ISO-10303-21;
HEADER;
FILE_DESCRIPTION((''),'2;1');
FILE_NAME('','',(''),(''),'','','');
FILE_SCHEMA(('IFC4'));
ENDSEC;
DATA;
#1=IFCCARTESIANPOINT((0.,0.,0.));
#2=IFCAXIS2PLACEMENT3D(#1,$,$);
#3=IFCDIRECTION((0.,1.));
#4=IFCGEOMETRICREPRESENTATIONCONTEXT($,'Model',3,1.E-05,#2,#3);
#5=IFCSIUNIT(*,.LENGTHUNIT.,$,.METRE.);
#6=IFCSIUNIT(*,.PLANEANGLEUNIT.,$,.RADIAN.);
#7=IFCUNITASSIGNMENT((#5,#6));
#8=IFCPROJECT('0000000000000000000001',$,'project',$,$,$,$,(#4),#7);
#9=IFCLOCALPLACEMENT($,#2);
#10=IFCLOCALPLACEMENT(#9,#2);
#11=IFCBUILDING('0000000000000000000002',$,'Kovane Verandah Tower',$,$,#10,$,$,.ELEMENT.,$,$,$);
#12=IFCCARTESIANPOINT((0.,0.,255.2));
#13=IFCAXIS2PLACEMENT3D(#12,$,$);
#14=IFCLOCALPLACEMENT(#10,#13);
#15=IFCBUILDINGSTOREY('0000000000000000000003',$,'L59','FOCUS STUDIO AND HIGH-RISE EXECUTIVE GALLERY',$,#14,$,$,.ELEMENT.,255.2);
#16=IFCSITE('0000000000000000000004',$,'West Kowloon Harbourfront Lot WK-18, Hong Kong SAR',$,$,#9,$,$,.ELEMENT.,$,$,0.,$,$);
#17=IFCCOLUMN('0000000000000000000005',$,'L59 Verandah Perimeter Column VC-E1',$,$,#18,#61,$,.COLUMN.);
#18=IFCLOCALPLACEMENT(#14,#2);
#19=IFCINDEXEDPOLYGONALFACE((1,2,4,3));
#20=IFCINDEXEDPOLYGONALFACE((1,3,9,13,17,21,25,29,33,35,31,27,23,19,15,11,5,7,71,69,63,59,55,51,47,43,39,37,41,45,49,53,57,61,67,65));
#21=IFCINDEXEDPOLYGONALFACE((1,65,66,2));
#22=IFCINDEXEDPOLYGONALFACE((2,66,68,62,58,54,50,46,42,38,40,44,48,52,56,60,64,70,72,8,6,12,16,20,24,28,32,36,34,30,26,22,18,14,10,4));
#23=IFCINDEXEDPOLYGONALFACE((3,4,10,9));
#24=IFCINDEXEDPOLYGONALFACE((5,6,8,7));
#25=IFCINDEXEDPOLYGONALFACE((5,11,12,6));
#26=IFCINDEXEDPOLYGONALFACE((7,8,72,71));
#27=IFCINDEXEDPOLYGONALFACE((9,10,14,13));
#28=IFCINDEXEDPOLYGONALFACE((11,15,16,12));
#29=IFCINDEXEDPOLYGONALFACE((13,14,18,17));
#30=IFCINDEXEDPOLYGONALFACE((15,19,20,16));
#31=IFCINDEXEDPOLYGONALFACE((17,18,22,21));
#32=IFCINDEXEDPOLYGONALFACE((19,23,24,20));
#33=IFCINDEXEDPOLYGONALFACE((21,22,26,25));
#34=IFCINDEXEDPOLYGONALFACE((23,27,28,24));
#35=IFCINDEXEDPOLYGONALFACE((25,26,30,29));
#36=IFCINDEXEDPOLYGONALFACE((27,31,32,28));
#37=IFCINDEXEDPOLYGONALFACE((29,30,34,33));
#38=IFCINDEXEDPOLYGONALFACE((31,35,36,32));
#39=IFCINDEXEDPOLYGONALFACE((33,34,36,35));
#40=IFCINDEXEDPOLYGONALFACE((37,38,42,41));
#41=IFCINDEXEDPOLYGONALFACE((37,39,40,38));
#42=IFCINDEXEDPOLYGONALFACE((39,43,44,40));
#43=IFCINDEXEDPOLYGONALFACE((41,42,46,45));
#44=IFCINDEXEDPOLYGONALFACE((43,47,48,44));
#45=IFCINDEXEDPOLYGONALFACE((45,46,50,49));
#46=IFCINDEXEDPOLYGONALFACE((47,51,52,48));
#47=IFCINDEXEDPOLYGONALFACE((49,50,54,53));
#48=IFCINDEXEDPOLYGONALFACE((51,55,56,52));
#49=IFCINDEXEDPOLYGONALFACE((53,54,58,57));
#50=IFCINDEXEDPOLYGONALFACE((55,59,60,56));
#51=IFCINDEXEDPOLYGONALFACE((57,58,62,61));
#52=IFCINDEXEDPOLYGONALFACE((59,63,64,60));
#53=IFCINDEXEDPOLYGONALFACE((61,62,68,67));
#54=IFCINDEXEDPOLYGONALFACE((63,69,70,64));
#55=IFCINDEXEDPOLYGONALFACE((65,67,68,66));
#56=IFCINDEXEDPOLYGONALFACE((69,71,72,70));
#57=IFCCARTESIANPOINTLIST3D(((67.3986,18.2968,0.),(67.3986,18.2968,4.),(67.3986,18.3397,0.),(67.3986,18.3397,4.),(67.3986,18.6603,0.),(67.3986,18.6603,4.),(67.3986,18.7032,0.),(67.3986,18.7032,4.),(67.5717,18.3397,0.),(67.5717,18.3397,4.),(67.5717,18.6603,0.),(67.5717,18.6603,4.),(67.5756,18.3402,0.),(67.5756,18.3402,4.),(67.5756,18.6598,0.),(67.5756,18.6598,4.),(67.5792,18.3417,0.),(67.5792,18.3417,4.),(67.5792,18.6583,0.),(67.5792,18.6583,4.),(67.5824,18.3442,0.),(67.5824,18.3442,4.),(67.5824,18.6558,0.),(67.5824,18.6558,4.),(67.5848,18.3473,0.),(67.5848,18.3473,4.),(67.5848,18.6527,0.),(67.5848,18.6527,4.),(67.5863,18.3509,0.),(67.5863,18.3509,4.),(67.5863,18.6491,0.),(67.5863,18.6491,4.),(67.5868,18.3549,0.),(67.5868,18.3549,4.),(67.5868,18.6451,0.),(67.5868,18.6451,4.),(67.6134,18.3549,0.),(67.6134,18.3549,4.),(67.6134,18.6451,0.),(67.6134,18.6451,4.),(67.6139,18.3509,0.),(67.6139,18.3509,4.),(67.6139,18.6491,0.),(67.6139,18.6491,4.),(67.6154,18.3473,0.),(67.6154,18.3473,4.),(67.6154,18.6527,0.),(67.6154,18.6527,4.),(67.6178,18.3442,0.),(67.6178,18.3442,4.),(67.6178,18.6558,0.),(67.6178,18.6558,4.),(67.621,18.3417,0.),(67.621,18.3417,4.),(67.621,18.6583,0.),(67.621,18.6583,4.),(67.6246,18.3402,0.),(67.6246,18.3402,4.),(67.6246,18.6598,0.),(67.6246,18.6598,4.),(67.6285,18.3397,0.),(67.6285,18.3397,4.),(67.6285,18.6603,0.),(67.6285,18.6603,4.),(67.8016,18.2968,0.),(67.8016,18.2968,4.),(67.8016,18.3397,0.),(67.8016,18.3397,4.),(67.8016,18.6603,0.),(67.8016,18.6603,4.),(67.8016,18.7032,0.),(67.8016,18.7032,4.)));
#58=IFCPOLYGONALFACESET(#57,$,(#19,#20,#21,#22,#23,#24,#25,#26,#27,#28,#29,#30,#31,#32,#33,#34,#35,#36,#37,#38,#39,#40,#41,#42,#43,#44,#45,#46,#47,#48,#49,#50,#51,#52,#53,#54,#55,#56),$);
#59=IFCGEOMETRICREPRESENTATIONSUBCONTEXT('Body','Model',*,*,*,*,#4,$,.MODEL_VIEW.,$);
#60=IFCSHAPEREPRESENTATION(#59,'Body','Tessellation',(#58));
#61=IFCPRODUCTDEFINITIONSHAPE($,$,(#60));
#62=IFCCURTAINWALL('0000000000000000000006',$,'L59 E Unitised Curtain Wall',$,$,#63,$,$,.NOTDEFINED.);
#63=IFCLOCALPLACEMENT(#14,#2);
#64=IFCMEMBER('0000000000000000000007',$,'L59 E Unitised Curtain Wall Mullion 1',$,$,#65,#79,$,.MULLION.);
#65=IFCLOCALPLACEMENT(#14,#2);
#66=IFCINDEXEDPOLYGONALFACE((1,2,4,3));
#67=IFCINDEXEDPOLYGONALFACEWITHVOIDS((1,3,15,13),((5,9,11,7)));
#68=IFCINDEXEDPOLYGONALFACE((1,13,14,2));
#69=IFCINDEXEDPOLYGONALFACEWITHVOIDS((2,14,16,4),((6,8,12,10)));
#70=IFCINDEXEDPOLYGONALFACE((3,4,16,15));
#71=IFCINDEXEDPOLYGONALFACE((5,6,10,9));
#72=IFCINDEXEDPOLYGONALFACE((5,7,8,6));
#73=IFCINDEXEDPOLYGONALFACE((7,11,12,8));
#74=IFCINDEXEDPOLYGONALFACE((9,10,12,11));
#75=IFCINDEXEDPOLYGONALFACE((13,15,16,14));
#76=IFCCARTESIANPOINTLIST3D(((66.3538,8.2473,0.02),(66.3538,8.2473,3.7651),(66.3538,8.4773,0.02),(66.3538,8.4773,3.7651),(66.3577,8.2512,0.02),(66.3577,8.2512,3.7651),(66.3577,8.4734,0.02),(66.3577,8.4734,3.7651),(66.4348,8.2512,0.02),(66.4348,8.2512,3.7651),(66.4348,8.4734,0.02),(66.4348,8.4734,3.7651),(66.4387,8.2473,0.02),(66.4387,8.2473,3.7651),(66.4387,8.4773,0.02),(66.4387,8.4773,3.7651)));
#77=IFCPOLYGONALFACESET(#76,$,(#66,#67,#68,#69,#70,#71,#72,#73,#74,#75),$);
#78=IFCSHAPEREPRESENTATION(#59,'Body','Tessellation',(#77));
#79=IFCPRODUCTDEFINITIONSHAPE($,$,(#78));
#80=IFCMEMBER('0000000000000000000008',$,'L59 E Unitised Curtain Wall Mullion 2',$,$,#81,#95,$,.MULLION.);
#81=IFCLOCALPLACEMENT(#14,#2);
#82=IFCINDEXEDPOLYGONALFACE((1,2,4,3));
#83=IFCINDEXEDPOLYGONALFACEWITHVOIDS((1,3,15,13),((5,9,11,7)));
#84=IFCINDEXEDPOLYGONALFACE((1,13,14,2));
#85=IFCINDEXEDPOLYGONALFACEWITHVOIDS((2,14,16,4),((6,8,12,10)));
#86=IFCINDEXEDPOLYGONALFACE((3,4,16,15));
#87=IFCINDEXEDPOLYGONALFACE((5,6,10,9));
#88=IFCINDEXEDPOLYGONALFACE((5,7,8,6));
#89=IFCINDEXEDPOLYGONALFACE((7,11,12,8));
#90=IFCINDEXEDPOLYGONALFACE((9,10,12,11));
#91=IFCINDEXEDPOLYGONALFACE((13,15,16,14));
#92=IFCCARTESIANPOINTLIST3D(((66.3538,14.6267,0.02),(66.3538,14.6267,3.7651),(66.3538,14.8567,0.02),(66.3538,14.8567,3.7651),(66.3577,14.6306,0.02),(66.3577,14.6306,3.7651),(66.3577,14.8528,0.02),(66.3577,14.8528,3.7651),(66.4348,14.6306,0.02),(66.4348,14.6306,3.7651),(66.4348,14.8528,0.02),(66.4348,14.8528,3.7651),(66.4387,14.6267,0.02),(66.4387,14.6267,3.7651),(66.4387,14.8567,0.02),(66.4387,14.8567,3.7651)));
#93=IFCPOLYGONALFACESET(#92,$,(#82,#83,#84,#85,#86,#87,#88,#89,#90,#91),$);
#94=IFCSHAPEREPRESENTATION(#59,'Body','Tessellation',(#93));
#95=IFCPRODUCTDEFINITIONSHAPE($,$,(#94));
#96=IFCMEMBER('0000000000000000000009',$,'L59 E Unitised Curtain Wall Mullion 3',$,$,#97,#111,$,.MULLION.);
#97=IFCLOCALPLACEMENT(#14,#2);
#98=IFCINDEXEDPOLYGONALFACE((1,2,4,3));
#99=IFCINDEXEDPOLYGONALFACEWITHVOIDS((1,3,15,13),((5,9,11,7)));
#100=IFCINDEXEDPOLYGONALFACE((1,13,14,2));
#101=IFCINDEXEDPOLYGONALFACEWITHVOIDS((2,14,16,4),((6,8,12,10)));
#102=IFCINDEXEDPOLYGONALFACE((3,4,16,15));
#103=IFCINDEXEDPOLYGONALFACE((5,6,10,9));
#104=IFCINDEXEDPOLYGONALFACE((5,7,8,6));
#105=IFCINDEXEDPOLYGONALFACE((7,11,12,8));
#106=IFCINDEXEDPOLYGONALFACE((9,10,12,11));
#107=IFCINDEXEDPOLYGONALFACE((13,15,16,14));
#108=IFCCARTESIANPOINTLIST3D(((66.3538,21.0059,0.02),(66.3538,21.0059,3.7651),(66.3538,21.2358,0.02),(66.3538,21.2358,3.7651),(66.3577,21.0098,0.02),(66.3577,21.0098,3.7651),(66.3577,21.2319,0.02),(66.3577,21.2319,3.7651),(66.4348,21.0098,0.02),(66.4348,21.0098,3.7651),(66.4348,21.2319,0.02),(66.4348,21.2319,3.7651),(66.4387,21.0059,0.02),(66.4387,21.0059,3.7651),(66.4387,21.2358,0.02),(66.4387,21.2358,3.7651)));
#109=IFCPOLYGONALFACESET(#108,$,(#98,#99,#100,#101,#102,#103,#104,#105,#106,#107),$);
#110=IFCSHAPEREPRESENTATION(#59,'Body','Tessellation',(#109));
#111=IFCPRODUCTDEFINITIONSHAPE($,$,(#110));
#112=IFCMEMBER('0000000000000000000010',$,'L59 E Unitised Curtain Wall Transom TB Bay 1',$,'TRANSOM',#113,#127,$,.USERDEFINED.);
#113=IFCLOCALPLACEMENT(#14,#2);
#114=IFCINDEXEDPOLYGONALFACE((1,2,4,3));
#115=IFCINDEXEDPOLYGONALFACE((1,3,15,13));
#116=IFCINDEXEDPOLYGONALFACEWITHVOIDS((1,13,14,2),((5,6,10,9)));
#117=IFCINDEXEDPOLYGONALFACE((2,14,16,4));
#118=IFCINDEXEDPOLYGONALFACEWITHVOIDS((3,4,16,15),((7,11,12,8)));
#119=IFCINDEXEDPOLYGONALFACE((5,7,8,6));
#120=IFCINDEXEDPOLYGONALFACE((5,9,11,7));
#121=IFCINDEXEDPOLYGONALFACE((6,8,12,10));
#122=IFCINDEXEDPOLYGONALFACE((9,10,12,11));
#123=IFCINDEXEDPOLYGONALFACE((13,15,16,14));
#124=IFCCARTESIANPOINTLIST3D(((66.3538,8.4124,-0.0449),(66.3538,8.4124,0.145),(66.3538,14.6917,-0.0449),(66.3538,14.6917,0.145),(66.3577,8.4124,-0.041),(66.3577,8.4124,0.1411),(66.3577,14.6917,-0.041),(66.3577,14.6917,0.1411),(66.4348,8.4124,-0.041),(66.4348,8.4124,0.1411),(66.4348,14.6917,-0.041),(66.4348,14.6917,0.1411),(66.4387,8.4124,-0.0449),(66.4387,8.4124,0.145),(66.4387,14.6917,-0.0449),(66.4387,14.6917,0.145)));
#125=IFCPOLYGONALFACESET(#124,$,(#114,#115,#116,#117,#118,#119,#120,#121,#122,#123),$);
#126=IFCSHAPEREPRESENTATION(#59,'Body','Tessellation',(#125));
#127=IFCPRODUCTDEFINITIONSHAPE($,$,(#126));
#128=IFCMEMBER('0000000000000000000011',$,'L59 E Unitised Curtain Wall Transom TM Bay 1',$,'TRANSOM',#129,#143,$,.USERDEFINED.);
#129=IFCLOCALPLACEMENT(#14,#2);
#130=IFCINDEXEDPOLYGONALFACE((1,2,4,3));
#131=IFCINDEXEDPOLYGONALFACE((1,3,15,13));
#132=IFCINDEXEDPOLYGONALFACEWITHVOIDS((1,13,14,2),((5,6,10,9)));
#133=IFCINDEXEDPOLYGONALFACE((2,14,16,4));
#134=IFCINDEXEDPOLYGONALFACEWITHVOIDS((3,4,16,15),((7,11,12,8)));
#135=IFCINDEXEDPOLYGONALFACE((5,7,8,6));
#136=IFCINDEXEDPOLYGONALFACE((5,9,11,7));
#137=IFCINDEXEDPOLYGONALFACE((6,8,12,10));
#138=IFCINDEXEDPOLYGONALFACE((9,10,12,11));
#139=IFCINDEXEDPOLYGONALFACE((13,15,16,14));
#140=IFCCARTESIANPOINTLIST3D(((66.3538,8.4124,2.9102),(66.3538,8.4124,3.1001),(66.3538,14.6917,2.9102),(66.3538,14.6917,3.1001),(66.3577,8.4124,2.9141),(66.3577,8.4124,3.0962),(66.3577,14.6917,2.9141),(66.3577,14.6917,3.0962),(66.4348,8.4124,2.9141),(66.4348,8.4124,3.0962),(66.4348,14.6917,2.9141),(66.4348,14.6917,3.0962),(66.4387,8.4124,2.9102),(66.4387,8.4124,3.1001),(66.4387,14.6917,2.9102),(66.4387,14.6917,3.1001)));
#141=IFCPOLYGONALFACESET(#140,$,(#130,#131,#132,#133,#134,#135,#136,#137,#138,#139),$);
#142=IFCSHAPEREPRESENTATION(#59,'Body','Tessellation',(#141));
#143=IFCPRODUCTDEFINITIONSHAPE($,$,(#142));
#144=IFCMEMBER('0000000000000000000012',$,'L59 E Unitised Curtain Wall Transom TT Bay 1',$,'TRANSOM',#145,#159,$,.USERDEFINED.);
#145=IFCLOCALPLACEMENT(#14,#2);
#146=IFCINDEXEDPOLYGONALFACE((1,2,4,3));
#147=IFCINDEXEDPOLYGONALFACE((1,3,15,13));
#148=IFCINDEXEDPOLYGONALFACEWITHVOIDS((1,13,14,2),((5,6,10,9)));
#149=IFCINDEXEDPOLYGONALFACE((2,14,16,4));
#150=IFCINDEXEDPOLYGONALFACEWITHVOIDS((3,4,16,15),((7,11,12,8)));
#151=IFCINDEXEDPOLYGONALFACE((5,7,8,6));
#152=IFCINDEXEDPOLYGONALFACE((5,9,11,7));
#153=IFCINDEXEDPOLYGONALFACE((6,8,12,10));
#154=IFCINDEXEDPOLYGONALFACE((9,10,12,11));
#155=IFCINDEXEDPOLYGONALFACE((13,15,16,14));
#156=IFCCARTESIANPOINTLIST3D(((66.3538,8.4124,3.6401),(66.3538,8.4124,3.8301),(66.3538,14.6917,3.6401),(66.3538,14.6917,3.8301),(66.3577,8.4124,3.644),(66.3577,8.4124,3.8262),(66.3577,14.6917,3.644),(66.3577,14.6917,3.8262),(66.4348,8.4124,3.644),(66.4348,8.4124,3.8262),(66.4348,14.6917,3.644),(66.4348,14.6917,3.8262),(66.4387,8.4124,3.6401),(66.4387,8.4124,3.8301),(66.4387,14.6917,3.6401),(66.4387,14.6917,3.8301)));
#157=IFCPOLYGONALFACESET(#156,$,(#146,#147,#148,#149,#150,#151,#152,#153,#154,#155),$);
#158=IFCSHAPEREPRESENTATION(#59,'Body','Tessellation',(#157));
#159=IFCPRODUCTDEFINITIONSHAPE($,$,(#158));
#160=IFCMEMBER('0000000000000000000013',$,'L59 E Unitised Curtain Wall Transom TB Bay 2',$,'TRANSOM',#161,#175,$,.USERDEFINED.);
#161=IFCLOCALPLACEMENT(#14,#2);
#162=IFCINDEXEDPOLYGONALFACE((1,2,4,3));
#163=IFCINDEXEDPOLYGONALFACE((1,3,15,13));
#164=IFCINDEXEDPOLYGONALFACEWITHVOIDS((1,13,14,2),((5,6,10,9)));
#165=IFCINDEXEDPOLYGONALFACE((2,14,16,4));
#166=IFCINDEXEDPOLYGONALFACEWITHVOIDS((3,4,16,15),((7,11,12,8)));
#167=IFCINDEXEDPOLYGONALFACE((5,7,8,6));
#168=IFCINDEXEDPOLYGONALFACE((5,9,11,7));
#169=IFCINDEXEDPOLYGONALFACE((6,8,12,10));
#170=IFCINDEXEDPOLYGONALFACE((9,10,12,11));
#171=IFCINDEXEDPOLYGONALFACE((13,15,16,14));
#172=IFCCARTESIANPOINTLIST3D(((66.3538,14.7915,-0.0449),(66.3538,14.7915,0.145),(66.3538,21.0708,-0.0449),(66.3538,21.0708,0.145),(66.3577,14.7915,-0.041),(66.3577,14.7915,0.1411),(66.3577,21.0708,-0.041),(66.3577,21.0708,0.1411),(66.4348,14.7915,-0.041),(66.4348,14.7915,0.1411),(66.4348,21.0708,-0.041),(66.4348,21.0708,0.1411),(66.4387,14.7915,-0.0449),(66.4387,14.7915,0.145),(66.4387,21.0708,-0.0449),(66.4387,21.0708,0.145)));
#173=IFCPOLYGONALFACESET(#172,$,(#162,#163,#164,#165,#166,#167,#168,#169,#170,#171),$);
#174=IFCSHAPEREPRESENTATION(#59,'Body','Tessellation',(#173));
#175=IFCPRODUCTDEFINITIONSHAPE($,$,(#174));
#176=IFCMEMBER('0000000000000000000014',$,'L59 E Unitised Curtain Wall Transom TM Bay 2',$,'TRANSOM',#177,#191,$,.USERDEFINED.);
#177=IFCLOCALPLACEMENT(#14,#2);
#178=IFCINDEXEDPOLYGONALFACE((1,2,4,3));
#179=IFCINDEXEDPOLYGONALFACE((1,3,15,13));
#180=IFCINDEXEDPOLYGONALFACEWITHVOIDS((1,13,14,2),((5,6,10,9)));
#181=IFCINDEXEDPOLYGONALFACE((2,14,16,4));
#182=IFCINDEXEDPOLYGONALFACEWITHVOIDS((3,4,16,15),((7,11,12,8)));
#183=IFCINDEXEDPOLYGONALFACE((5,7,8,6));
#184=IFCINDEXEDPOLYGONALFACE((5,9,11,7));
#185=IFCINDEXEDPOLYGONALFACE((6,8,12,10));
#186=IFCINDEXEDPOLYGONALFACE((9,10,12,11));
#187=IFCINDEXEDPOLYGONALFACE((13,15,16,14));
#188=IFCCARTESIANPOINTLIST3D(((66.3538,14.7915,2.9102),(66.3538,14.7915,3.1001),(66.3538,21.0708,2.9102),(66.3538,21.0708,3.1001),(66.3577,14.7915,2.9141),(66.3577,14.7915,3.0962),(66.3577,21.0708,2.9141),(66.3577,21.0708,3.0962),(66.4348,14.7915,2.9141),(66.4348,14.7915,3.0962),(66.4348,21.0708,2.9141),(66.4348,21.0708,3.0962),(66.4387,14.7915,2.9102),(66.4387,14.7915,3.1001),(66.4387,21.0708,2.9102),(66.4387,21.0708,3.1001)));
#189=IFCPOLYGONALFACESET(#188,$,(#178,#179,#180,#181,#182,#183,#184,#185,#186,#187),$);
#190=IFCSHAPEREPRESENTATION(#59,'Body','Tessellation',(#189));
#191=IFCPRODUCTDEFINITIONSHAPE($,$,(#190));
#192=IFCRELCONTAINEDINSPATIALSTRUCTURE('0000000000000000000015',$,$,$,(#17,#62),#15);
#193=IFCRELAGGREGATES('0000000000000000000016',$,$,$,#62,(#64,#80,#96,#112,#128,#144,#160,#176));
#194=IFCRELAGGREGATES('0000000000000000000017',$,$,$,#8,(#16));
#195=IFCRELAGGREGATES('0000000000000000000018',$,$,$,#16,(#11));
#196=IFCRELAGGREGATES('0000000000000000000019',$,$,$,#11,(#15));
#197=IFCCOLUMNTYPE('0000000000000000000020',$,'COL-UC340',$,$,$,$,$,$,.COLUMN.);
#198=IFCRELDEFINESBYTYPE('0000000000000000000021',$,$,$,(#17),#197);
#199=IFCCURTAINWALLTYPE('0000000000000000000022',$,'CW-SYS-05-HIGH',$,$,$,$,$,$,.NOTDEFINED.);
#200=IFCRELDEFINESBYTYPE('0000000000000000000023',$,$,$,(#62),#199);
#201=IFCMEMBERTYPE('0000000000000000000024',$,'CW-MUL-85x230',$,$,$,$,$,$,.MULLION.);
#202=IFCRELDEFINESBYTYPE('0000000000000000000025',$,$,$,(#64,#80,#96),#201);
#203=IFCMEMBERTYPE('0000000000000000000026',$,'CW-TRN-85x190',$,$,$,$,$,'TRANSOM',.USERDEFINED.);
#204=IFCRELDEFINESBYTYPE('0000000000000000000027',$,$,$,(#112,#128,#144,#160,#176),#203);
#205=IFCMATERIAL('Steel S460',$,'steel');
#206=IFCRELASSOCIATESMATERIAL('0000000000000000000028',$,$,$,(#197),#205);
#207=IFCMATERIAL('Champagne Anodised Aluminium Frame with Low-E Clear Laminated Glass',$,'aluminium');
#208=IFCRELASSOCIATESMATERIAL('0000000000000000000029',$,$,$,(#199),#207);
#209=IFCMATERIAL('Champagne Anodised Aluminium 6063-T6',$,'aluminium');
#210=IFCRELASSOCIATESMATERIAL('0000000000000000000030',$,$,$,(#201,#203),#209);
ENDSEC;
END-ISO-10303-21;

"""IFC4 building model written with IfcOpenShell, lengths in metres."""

from ifc_helpers import new_model, si_unit, direction, frame, origin, origin_2d, place, context, subcontext, project, spatial, hollow_rectangle, i_section, extrude, material, material_profile, profile_set, type_object, element, aggregate, save


model = new_model("IFC4")

# Units and contexts
model_context = context("Model", 3, precision=1e-05, world=origin(), true_north=direction((0.0, 1.0)))
body_context = subcontext(model_context, "Body", "Model", "MODEL_VIEW")
ifc_project = project(units=[si_unit("LENGTHUNIT", "METRE"), si_unit("PLANEANGLEUNIT", "RADIAN")], contexts=[model_context])

# Site, building, storey
site_placement = place(None, origin())
site = spatial("IfcSite", under=ifc_project, at=site_placement, Name="West Kowloon Harbourfront Lot WK-18, Hong Kong SAR", CompositionType="ELEMENT", RefElevation=0.0)
building_placement = place(site_placement, origin())
building = spatial("IfcBuilding", under=site, at=building_placement, Name="Kovane Verandah Tower", CompositionType="ELEMENT")
storey_placement = place(building_placement, frame((0.0, 0.0, 255.2)))
storey = spatial("IfcBuildingStorey", under=building, at=storey_placement, Name="L59", Description="FOCUS STUDIO AND HIGH-RISE EXECUTIVE GALLERY", CompositionType="ELEMENT", Elevation=255.2)

# Column
ifc_material_1 = material(Name="Steel S460", Category="steel")
ifc_material_profile_1 = material_profile(ifc_material_1, i_section(OverallWidth=0.4031, OverallDepth=0.4065, WebThickness=0.0266, FlangeThickness=0.043, FilletRadius=0.0151, at=origin_2d()), Name="UC356x406x340")
ifc_profile_set_1 = profile_set([ifc_material_profile_1], Name="Steel S460")
column_type = type_object("IfcColumnType", Name="COL-UC340", PredefinedType="COLUMN", material=ifc_profile_set_1)
column_placement = place(storey_placement, frame((67.6001, 18.5, 0.0), z_axis=(0.0, 0.0, 1.0), x_axis=(1.0, 0.0, 0.0)))
element("IfcColumn", 1, at=column_placement, inside=storey, type_object=column_type, Name="L59 Verandah Perimeter Column VC-E1", PredefinedType="COLUMN", context=body_context, shape_type="SweptSolid", body=[
    extrude(i_section(OverallWidth=0.4031, OverallDepth=0.4065, WebThickness=0.0266, FlangeThickness=0.043, FilletRadius=0.0151, at=origin_2d()), origin(), (0.0, 0.0, 1.0), 4.0),
])

# Curtain wall, members
ifc_material_2 = material(Name="Champagne Anodised Aluminium Frame with Low-E Clear Laminated Glass", Category="aluminium")
curtain_wall_type = type_object("IfcCurtainWallType", Name="CW-SYS-05-HIGH", PredefinedType="NOTDEFINED", material=ifc_material_2)
curtain_wall_placement = place(storey_placement, origin())
curtain_wall = element("IfcCurtainWall", 2, at=curtain_wall_placement, inside=storey, type_object=curtain_wall_type, Name="L59 E Unitised Curtain Wall", PredefinedType="NOTDEFINED")
ifc_material_3 = material(Name="Champagne Anodised Aluminium 6063-T6", Category="aluminium")
ifc_material_profile_2 = material_profile(ifc_material_3, hollow_rectangle(XDim=0.085, YDim=0.23, WallThickness=0.0039, at=origin_2d()), Name="AL85x230x4")
ifc_profile_set_2 = profile_set([ifc_material_profile_2], Name="Champagne Anodised Aluminium 6063-T6")
member_type_1 = type_object("IfcMemberType", Name="CW-MUL-85x230", PredefinedType="MULLION", material=ifc_profile_set_2)
member_1_placement = place(storey_placement, frame((66.3962, 8.3623, 0.02), z_axis=(0.0, 0.0, 1.0), x_axis=(1.0, 0.0, 0.0)))
member_1 = element("IfcMember", 3, at=member_1_placement, type_object=member_type_1, Name="L59 E Unitised Curtain Wall Mullion 1", PredefinedType="MULLION", context=body_context, shape_type="SweptSolid", body=[
    extrude(hollow_rectangle(XDim=0.085, YDim=0.23, WallThickness=0.0039, at=origin_2d()), origin(), (0.0, 0.0, 1.0), 3.7451),
])
member_2_placement = place(storey_placement, frame((66.3962, 14.7417, 0.02), z_axis=(0.0, 0.0, 1.0), x_axis=(1.0, 0.0, 0.0)))
member_2 = element("IfcMember", 4, at=member_2_placement, type_object=member_type_1, Name="L59 E Unitised Curtain Wall Mullion 2", PredefinedType="MULLION", context=body_context, shape_type="SweptSolid", body=[
    extrude(hollow_rectangle(XDim=0.085, YDim=0.23, WallThickness=0.0039, at=origin_2d()), origin(), (0.0, 0.0, 1.0), 3.7451),
])
member_3_placement = place(storey_placement, frame((66.3962, 21.1208, 0.02), z_axis=(0.0, 0.0, 1.0), x_axis=(1.0, 0.0, 0.0)))
member_3 = element("IfcMember", 5, at=member_3_placement, type_object=member_type_1, Name="L59 E Unitised Curtain Wall Mullion 3", PredefinedType="MULLION", context=body_context, shape_type="SweptSolid", body=[
    extrude(hollow_rectangle(XDim=0.085, YDim=0.23, WallThickness=0.0039, at=origin_2d()), origin(), (0.0, 0.0, 1.0), 3.7451),
])
ifc_material_profile_3 = material_profile(ifc_material_3, hollow_rectangle(XDim=0.085, YDim=0.1899, WallThickness=0.0039, at=origin_2d()), Name="AL85x190x4")
ifc_profile_set_3 = profile_set([ifc_material_profile_3], Name="Champagne Anodised Aluminium 6063-T6")
member_type_2 = type_object("IfcMemberType", Name="CW-TRN-85x190", ElementType="TRANSOM", PredefinedType="USERDEFINED", material=ifc_profile_set_3)
member_4_placement = place(storey_placement, frame((66.3962, 8.4124, 0.05), z_axis=(0.0, 1.0, 0.0), x_axis=(-1.0, 0.0, 0.0)))
member_4 = element("IfcMember", 6, at=member_4_placement, type_object=member_type_2, Name="L59 E Unitised Curtain Wall Transom TB Bay 1", ObjectType="TRANSOM", PredefinedType="USERDEFINED", context=body_context, shape_type="SweptSolid", body=[
    extrude(hollow_rectangle(XDim=0.085, YDim=0.1899, WallThickness=0.0039, at=origin_2d()), origin(), (0.0, 0.0, 1.0), 6.2793),
])
member_5_placement = place(storey_placement, frame((66.3962, 8.4124, 3.0051), z_axis=(0.0, 1.0, 0.0), x_axis=(-1.0, 0.0, 0.0)))
member_5 = element("IfcMember", 7, at=member_5_placement, type_object=member_type_2, Name="L59 E Unitised Curtain Wall Transom TM Bay 1", ObjectType="TRANSOM", PredefinedType="USERDEFINED", context=body_context, shape_type="SweptSolid", body=[
    extrude(hollow_rectangle(XDim=0.085, YDim=0.1899, WallThickness=0.0039, at=origin_2d()), origin(), (0.0, 0.0, 1.0), 6.2793),
])
member_6_placement = place(storey_placement, frame((66.3962, 8.4124, 3.7351), z_axis=(0.0, 1.0, 0.0), x_axis=(-1.0, 0.0, 0.0)))
member_6 = element("IfcMember", 8, at=member_6_placement, type_object=member_type_2, Name="L59 E Unitised Curtain Wall Transom TT Bay 1", ObjectType="TRANSOM", PredefinedType="USERDEFINED", context=body_context, shape_type="SweptSolid", body=[
    extrude(hollow_rectangle(XDim=0.085, YDim=0.1899, WallThickness=0.0039, at=origin_2d()), origin(), (0.0, 0.0, 1.0), 6.2793),
])
member_7_placement = place(storey_placement, frame((66.3962, 14.7915, 0.05), z_axis=(0.0, 1.0, 0.0), x_axis=(-1.0, 0.0, 0.0)))
member_7 = element("IfcMember", 9, at=member_7_placement, type_object=member_type_2, Name="L59 E Unitised Curtain Wall Transom TB Bay 2", ObjectType="TRANSOM", PredefinedType="USERDEFINED", context=body_context, shape_type="SweptSolid", body=[
    extrude(hollow_rectangle(XDim=0.085, YDim=0.1899, WallThickness=0.0039, at=origin_2d()), origin(), (0.0, 0.0, 1.0), 6.2793),
])
member_8_placement = place(storey_placement, frame((66.3962, 14.7915, 3.0051), z_axis=(0.0, 1.0, 0.0), x_axis=(-1.0, 0.0, 0.0)))
member_8 = element("IfcMember", 10, at=member_8_placement, type_object=member_type_2, Name="L59 E Unitised Curtain Wall Transom TM Bay 2", ObjectType="TRANSOM", PredefinedType="USERDEFINED", context=body_context, shape_type="SweptSolid", body=[
    extrude(hollow_rectangle(XDim=0.085, YDim=0.1899, WallThickness=0.0039, at=origin_2d()), origin(), (0.0, 0.0, 1.0), 6.2793),
])

aggregate(curtain_wall, [member_1, member_2, member_3, member_4, member_5, member_6, member_7, member_8])

save(model, "model.ifc")
